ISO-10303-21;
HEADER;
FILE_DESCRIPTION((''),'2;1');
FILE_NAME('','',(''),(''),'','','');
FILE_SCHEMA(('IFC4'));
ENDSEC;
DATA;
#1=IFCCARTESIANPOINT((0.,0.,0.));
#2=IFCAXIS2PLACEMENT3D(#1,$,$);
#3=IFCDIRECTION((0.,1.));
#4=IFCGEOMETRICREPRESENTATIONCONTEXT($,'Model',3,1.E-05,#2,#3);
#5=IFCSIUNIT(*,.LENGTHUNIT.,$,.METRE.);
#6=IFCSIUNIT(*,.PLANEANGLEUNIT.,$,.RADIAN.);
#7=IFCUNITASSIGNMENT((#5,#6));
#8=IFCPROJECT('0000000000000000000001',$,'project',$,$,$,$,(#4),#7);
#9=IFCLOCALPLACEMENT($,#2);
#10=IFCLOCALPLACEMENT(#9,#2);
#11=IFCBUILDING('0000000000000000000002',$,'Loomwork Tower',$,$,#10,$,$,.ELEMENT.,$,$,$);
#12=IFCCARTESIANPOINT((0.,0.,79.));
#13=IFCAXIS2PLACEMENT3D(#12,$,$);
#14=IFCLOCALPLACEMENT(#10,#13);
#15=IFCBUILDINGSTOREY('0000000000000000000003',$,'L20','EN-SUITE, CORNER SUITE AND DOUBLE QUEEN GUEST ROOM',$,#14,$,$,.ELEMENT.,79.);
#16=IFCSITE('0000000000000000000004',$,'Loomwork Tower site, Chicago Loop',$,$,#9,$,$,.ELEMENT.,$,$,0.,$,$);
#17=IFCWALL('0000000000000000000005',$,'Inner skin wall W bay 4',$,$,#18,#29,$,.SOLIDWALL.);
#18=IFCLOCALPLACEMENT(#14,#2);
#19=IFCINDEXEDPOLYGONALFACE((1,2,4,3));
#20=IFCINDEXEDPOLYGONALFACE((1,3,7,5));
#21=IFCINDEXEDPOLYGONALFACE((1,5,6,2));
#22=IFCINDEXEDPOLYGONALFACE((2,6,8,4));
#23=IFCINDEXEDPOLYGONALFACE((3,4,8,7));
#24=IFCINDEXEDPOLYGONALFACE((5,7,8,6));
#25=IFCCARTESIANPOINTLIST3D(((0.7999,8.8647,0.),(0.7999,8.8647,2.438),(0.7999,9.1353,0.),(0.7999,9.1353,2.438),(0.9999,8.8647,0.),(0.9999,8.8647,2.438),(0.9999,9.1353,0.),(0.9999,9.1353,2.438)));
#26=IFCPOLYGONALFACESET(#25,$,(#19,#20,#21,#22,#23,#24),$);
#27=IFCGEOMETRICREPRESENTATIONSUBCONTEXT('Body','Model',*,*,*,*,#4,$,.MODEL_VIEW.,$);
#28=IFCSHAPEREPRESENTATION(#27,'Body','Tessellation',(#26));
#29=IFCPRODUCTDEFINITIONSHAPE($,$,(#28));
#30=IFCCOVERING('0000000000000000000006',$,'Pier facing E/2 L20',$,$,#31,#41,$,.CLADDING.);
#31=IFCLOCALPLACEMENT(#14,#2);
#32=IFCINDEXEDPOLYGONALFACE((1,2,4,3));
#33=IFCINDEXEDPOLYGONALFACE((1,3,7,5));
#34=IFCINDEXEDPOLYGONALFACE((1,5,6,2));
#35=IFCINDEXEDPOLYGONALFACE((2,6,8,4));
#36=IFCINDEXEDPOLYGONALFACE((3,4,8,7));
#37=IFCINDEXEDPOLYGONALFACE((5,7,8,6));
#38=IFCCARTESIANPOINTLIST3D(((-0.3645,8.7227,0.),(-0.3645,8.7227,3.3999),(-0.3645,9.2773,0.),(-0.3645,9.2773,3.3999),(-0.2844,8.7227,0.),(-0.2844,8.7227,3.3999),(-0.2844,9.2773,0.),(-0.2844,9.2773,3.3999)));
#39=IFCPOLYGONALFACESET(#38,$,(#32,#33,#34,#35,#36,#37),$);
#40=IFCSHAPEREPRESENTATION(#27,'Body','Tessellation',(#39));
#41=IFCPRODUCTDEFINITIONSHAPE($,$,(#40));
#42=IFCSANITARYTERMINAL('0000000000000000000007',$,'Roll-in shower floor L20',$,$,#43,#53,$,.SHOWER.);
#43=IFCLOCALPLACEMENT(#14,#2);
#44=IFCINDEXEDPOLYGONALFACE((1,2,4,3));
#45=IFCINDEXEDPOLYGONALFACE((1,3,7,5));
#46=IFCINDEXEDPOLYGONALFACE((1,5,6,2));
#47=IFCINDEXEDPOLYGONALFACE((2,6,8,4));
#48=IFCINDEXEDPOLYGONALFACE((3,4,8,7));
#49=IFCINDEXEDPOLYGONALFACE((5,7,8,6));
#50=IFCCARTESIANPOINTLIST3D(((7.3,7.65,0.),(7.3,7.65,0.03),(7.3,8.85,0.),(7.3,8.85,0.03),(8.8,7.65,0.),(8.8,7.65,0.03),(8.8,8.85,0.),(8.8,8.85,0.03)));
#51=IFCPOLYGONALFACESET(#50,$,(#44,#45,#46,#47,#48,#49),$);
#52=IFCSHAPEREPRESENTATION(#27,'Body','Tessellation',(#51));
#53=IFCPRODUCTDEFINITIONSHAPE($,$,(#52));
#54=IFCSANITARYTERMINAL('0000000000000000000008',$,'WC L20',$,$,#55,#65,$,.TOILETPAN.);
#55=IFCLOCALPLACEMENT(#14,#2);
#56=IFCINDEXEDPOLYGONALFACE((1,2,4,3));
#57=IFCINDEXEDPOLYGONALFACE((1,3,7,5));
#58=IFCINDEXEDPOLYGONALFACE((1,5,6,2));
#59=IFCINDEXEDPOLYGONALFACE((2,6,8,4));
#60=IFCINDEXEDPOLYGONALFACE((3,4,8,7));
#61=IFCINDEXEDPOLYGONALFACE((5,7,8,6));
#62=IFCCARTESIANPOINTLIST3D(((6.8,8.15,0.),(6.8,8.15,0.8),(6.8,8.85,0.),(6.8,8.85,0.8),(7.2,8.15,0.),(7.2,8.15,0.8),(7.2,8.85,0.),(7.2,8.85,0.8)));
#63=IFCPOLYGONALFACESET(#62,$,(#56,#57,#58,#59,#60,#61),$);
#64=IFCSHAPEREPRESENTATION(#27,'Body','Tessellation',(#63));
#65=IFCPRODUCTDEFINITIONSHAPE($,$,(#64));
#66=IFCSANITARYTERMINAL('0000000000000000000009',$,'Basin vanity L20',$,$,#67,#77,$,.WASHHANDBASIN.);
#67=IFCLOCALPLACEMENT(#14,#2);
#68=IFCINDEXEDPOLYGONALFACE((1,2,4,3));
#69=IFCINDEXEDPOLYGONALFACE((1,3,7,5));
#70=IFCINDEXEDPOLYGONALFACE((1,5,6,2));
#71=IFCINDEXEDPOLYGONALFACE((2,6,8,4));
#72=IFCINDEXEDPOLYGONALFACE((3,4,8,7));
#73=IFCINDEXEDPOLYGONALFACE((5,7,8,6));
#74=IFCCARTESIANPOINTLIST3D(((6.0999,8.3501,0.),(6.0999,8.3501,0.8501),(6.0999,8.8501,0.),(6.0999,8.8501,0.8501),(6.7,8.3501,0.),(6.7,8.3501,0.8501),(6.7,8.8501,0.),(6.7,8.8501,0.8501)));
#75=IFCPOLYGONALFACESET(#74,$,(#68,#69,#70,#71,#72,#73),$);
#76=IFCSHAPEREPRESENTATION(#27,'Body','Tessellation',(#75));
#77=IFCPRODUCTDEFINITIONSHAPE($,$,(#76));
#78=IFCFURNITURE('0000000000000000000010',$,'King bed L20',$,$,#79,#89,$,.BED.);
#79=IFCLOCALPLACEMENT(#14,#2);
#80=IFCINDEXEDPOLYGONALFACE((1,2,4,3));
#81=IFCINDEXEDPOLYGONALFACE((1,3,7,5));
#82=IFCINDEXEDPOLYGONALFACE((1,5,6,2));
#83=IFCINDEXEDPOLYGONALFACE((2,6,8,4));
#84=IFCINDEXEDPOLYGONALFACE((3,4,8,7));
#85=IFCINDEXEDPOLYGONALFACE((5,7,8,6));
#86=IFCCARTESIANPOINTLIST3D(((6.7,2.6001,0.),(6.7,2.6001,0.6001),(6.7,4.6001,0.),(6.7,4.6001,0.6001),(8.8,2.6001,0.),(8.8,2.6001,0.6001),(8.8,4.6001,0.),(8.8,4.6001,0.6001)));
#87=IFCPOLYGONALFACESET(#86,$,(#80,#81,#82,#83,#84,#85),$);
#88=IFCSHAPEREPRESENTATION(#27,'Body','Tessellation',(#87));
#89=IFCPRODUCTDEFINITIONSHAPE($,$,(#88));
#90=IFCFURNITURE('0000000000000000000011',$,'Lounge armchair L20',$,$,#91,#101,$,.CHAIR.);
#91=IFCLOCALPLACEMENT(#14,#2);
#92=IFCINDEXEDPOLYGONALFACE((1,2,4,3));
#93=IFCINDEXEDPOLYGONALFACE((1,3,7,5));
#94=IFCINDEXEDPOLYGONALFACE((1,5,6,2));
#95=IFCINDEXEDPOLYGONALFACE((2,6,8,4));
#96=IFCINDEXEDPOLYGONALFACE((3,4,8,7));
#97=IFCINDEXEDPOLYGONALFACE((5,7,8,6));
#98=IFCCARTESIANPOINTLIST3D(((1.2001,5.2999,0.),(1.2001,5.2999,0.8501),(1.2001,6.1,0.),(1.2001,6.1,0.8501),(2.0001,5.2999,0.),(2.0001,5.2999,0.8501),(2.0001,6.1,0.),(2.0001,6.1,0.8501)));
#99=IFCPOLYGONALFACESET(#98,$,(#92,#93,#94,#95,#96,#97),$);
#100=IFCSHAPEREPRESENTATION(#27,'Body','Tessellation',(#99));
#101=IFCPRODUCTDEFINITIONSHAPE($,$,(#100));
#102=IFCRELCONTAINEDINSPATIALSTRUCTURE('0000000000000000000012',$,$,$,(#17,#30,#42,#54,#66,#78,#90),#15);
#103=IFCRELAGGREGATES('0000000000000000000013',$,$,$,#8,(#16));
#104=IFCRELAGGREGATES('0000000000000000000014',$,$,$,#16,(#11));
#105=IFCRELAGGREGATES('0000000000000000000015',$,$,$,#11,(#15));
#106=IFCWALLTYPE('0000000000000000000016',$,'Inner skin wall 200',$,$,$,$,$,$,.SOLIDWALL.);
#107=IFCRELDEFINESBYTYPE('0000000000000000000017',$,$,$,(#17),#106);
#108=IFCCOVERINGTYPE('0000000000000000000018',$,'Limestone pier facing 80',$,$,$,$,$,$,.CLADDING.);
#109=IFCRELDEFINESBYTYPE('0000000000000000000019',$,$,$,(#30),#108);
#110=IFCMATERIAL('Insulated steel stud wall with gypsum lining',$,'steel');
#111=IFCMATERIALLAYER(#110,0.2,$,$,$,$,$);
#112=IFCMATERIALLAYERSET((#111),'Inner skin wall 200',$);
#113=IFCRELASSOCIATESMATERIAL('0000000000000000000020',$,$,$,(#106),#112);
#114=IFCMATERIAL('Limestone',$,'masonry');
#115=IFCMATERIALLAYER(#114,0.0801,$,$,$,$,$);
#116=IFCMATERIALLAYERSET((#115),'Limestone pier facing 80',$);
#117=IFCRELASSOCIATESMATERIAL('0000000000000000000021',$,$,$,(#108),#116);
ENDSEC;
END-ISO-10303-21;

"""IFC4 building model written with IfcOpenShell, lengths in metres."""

from ifc_helpers import new_model, si_unit, direction, frame, frame_2d, origin, origin_2d, place, context, subcontext, project, spatial, rectangle, extrude, material, layer, layer_set, type_object, element, save


model = new_model("IFC4")

# Units and contexts
model_context = context("Model", 3, precision=1e-05, world=origin(), true_north=direction((0.0, 1.0)))
body_context = subcontext(model_context, "Body", "Model", "MODEL_VIEW")
ifc_project = project(units=[si_unit("LENGTHUNIT", "METRE"), si_unit("PLANEANGLEUNIT", "RADIAN")], contexts=[model_context])

# Site, building, storey
site_placement = place(None, origin())
site = spatial("IfcSite", under=ifc_project, at=site_placement, Name="Loomwork Tower site, Chicago Loop", CompositionType="ELEMENT", RefElevation=0.0)
building_placement = place(site_placement, origin())
building = spatial("IfcBuilding", under=site, at=building_placement, Name="Loomwork Tower", CompositionType="ELEMENT")
storey_placement = place(building_placement, frame((0.0, 0.0, 79.0)))
storey = spatial("IfcBuildingStorey", under=building, at=storey_placement, Name="L20", Description="EN-SUITE, CORNER SUITE AND DOUBLE QUEEN GUEST ROOM", CompositionType="ELEMENT", Elevation=79.0)

# Wall
ifc_material_1 = material(Name="Insulated steel stud wall with gypsum lining", Category="steel")
ifc_layer_1 = layer(ifc_material_1, 0.2)
ifc_layer_set_1 = layer_set([ifc_layer_1], Name="Inner skin wall 200")
wall_type_1 = type_object("IfcWallType", Name="Inner skin wall 200", PredefinedType="SOLIDWALL", material=ifc_layer_set_1)
wall_1_placement = place(storey_placement, frame((0.8999, 8.8647, 0.0), z_axis=(0.0, 0.0, 1.0), x_axis=(0.0, 1.0, 0.0)))
element("IfcWall", 1, at=wall_1_placement, inside=storey, type_object=wall_type_1, Name="Inner skin wall W bay 4", PredefinedType="SOLIDWALL", context=body_context, shape_type="SweptSolid", body=[
    extrude(rectangle(XDim=0.2705, YDim=0.2, at=frame_2d((0.1353, 0.0))), origin(), (0.0, 0.0, 1.0), 2.438),
])

# Covering
ifc_material_2 = material(Name="Limestone", Category="masonry")
ifc_layer_2 = layer(ifc_material_2, 0.0801)
ifc_layer_set_2 = layer_set([ifc_layer_2], Name="Limestone pier facing 80")
covering_type = type_object("IfcCoveringType", Name="Limestone pier facing 80", PredefinedType="CLADDING", material=ifc_layer_set_2)
covering_placement = place(storey_placement, frame((-0.3245, 9.0, 0.0), z_axis=(0.0, 0.0, 1.0), x_axis=(1.0, 0.0, 0.0)))
element("IfcCovering", 2, at=covering_placement, inside=storey, type_object=covering_type, Name="Pier facing E/2 L20", PredefinedType="CLADDING", context=body_context, shape_type="SweptSolid", body=[
    extrude(rectangle(XDim=0.0801, YDim=0.5547, at=origin_2d()), origin(), (0.0, 0.0, 1.0), 3.3999),
])

# Sanitary terminals
sanitary_terminal_1_placement = place(storey_placement, frame((8.05, 8.25, 0.0), z_axis=(0.0, 0.0, 1.0), x_axis=(1.0, 0.0, 0.0)))
element("IfcSanitaryTerminal", 3, at=sanitary_terminal_1_placement, inside=storey, Name="Roll-in shower floor L20", PredefinedType="SHOWER", context=body_context, shape_type="SweptSolid", body=[
    extrude(rectangle(XDim=1.5, YDim=1.2, at=origin_2d()), origin(), (0.0, 0.0, 1.0), 0.03),
])
sanitary_terminal_2_placement = place(storey_placement, frame((7.0, 8.5, 0.0), z_axis=(0.0, 0.0, 1.0), x_axis=(1.0, 0.0, 0.0)))
element("IfcSanitaryTerminal", 4, at=sanitary_terminal_2_placement, inside=storey, Name="WC L20", PredefinedType="TOILETPAN", context=body_context, shape_type="SweptSolid", body=[
    extrude(rectangle(XDim=0.3999, YDim=0.7, at=origin_2d()), origin(), (0.0, 0.0, 1.0), 0.8),
])
sanitary_terminal_3_placement = place(storey_placement, frame((6.3999, 8.6001, 0.0), z_axis=(0.0, 0.0, 1.0), x_axis=(1.0, 0.0, 0.0)))
element("IfcSanitaryTerminal", 5, at=sanitary_terminal_3_placement, inside=storey, Name="Basin vanity L20", PredefinedType="WASHHANDBASIN", context=body_context, shape_type="SweptSolid", body=[
    extrude(rectangle(XDim=0.6001, YDim=0.5, at=origin_2d()), origin(), (0.0, 0.0, 1.0), 0.8501),
])

# Furniture
furniture_1_placement = place(storey_placement, frame((7.75, 3.6001, 0.0), z_axis=(0.0, 0.0, 1.0), x_axis=(1.0, 0.0, 0.0)))
element("IfcFurniture", 6, at=furniture_1_placement, inside=storey, Name="King bed L20", PredefinedType="BED", context=body_context, shape_type="SweptSolid", body=[
    extrude(rectangle(XDim=2.1001, YDim=2.0, at=origin_2d()), origin(), (0.0, 0.0, 1.0), 0.6001),
])
furniture_2_placement = place(storey_placement, frame((1.6001, 5.7, 0.0), z_axis=(0.0, 0.0, 1.0), x_axis=(1.0, 0.0, 0.0)))
element("IfcFurniture", 7, at=furniture_2_placement, inside=storey, Name="Lounge armchair L20", PredefinedType="CHAIR", context=body_context, shape_type="SweptSolid", body=[
    extrude(rectangle(XDim=0.8, YDim=0.8, at=origin_2d()), origin(), (0.0, 0.0, 1.0), 0.8501),
])

save(model, "model.ifc")
